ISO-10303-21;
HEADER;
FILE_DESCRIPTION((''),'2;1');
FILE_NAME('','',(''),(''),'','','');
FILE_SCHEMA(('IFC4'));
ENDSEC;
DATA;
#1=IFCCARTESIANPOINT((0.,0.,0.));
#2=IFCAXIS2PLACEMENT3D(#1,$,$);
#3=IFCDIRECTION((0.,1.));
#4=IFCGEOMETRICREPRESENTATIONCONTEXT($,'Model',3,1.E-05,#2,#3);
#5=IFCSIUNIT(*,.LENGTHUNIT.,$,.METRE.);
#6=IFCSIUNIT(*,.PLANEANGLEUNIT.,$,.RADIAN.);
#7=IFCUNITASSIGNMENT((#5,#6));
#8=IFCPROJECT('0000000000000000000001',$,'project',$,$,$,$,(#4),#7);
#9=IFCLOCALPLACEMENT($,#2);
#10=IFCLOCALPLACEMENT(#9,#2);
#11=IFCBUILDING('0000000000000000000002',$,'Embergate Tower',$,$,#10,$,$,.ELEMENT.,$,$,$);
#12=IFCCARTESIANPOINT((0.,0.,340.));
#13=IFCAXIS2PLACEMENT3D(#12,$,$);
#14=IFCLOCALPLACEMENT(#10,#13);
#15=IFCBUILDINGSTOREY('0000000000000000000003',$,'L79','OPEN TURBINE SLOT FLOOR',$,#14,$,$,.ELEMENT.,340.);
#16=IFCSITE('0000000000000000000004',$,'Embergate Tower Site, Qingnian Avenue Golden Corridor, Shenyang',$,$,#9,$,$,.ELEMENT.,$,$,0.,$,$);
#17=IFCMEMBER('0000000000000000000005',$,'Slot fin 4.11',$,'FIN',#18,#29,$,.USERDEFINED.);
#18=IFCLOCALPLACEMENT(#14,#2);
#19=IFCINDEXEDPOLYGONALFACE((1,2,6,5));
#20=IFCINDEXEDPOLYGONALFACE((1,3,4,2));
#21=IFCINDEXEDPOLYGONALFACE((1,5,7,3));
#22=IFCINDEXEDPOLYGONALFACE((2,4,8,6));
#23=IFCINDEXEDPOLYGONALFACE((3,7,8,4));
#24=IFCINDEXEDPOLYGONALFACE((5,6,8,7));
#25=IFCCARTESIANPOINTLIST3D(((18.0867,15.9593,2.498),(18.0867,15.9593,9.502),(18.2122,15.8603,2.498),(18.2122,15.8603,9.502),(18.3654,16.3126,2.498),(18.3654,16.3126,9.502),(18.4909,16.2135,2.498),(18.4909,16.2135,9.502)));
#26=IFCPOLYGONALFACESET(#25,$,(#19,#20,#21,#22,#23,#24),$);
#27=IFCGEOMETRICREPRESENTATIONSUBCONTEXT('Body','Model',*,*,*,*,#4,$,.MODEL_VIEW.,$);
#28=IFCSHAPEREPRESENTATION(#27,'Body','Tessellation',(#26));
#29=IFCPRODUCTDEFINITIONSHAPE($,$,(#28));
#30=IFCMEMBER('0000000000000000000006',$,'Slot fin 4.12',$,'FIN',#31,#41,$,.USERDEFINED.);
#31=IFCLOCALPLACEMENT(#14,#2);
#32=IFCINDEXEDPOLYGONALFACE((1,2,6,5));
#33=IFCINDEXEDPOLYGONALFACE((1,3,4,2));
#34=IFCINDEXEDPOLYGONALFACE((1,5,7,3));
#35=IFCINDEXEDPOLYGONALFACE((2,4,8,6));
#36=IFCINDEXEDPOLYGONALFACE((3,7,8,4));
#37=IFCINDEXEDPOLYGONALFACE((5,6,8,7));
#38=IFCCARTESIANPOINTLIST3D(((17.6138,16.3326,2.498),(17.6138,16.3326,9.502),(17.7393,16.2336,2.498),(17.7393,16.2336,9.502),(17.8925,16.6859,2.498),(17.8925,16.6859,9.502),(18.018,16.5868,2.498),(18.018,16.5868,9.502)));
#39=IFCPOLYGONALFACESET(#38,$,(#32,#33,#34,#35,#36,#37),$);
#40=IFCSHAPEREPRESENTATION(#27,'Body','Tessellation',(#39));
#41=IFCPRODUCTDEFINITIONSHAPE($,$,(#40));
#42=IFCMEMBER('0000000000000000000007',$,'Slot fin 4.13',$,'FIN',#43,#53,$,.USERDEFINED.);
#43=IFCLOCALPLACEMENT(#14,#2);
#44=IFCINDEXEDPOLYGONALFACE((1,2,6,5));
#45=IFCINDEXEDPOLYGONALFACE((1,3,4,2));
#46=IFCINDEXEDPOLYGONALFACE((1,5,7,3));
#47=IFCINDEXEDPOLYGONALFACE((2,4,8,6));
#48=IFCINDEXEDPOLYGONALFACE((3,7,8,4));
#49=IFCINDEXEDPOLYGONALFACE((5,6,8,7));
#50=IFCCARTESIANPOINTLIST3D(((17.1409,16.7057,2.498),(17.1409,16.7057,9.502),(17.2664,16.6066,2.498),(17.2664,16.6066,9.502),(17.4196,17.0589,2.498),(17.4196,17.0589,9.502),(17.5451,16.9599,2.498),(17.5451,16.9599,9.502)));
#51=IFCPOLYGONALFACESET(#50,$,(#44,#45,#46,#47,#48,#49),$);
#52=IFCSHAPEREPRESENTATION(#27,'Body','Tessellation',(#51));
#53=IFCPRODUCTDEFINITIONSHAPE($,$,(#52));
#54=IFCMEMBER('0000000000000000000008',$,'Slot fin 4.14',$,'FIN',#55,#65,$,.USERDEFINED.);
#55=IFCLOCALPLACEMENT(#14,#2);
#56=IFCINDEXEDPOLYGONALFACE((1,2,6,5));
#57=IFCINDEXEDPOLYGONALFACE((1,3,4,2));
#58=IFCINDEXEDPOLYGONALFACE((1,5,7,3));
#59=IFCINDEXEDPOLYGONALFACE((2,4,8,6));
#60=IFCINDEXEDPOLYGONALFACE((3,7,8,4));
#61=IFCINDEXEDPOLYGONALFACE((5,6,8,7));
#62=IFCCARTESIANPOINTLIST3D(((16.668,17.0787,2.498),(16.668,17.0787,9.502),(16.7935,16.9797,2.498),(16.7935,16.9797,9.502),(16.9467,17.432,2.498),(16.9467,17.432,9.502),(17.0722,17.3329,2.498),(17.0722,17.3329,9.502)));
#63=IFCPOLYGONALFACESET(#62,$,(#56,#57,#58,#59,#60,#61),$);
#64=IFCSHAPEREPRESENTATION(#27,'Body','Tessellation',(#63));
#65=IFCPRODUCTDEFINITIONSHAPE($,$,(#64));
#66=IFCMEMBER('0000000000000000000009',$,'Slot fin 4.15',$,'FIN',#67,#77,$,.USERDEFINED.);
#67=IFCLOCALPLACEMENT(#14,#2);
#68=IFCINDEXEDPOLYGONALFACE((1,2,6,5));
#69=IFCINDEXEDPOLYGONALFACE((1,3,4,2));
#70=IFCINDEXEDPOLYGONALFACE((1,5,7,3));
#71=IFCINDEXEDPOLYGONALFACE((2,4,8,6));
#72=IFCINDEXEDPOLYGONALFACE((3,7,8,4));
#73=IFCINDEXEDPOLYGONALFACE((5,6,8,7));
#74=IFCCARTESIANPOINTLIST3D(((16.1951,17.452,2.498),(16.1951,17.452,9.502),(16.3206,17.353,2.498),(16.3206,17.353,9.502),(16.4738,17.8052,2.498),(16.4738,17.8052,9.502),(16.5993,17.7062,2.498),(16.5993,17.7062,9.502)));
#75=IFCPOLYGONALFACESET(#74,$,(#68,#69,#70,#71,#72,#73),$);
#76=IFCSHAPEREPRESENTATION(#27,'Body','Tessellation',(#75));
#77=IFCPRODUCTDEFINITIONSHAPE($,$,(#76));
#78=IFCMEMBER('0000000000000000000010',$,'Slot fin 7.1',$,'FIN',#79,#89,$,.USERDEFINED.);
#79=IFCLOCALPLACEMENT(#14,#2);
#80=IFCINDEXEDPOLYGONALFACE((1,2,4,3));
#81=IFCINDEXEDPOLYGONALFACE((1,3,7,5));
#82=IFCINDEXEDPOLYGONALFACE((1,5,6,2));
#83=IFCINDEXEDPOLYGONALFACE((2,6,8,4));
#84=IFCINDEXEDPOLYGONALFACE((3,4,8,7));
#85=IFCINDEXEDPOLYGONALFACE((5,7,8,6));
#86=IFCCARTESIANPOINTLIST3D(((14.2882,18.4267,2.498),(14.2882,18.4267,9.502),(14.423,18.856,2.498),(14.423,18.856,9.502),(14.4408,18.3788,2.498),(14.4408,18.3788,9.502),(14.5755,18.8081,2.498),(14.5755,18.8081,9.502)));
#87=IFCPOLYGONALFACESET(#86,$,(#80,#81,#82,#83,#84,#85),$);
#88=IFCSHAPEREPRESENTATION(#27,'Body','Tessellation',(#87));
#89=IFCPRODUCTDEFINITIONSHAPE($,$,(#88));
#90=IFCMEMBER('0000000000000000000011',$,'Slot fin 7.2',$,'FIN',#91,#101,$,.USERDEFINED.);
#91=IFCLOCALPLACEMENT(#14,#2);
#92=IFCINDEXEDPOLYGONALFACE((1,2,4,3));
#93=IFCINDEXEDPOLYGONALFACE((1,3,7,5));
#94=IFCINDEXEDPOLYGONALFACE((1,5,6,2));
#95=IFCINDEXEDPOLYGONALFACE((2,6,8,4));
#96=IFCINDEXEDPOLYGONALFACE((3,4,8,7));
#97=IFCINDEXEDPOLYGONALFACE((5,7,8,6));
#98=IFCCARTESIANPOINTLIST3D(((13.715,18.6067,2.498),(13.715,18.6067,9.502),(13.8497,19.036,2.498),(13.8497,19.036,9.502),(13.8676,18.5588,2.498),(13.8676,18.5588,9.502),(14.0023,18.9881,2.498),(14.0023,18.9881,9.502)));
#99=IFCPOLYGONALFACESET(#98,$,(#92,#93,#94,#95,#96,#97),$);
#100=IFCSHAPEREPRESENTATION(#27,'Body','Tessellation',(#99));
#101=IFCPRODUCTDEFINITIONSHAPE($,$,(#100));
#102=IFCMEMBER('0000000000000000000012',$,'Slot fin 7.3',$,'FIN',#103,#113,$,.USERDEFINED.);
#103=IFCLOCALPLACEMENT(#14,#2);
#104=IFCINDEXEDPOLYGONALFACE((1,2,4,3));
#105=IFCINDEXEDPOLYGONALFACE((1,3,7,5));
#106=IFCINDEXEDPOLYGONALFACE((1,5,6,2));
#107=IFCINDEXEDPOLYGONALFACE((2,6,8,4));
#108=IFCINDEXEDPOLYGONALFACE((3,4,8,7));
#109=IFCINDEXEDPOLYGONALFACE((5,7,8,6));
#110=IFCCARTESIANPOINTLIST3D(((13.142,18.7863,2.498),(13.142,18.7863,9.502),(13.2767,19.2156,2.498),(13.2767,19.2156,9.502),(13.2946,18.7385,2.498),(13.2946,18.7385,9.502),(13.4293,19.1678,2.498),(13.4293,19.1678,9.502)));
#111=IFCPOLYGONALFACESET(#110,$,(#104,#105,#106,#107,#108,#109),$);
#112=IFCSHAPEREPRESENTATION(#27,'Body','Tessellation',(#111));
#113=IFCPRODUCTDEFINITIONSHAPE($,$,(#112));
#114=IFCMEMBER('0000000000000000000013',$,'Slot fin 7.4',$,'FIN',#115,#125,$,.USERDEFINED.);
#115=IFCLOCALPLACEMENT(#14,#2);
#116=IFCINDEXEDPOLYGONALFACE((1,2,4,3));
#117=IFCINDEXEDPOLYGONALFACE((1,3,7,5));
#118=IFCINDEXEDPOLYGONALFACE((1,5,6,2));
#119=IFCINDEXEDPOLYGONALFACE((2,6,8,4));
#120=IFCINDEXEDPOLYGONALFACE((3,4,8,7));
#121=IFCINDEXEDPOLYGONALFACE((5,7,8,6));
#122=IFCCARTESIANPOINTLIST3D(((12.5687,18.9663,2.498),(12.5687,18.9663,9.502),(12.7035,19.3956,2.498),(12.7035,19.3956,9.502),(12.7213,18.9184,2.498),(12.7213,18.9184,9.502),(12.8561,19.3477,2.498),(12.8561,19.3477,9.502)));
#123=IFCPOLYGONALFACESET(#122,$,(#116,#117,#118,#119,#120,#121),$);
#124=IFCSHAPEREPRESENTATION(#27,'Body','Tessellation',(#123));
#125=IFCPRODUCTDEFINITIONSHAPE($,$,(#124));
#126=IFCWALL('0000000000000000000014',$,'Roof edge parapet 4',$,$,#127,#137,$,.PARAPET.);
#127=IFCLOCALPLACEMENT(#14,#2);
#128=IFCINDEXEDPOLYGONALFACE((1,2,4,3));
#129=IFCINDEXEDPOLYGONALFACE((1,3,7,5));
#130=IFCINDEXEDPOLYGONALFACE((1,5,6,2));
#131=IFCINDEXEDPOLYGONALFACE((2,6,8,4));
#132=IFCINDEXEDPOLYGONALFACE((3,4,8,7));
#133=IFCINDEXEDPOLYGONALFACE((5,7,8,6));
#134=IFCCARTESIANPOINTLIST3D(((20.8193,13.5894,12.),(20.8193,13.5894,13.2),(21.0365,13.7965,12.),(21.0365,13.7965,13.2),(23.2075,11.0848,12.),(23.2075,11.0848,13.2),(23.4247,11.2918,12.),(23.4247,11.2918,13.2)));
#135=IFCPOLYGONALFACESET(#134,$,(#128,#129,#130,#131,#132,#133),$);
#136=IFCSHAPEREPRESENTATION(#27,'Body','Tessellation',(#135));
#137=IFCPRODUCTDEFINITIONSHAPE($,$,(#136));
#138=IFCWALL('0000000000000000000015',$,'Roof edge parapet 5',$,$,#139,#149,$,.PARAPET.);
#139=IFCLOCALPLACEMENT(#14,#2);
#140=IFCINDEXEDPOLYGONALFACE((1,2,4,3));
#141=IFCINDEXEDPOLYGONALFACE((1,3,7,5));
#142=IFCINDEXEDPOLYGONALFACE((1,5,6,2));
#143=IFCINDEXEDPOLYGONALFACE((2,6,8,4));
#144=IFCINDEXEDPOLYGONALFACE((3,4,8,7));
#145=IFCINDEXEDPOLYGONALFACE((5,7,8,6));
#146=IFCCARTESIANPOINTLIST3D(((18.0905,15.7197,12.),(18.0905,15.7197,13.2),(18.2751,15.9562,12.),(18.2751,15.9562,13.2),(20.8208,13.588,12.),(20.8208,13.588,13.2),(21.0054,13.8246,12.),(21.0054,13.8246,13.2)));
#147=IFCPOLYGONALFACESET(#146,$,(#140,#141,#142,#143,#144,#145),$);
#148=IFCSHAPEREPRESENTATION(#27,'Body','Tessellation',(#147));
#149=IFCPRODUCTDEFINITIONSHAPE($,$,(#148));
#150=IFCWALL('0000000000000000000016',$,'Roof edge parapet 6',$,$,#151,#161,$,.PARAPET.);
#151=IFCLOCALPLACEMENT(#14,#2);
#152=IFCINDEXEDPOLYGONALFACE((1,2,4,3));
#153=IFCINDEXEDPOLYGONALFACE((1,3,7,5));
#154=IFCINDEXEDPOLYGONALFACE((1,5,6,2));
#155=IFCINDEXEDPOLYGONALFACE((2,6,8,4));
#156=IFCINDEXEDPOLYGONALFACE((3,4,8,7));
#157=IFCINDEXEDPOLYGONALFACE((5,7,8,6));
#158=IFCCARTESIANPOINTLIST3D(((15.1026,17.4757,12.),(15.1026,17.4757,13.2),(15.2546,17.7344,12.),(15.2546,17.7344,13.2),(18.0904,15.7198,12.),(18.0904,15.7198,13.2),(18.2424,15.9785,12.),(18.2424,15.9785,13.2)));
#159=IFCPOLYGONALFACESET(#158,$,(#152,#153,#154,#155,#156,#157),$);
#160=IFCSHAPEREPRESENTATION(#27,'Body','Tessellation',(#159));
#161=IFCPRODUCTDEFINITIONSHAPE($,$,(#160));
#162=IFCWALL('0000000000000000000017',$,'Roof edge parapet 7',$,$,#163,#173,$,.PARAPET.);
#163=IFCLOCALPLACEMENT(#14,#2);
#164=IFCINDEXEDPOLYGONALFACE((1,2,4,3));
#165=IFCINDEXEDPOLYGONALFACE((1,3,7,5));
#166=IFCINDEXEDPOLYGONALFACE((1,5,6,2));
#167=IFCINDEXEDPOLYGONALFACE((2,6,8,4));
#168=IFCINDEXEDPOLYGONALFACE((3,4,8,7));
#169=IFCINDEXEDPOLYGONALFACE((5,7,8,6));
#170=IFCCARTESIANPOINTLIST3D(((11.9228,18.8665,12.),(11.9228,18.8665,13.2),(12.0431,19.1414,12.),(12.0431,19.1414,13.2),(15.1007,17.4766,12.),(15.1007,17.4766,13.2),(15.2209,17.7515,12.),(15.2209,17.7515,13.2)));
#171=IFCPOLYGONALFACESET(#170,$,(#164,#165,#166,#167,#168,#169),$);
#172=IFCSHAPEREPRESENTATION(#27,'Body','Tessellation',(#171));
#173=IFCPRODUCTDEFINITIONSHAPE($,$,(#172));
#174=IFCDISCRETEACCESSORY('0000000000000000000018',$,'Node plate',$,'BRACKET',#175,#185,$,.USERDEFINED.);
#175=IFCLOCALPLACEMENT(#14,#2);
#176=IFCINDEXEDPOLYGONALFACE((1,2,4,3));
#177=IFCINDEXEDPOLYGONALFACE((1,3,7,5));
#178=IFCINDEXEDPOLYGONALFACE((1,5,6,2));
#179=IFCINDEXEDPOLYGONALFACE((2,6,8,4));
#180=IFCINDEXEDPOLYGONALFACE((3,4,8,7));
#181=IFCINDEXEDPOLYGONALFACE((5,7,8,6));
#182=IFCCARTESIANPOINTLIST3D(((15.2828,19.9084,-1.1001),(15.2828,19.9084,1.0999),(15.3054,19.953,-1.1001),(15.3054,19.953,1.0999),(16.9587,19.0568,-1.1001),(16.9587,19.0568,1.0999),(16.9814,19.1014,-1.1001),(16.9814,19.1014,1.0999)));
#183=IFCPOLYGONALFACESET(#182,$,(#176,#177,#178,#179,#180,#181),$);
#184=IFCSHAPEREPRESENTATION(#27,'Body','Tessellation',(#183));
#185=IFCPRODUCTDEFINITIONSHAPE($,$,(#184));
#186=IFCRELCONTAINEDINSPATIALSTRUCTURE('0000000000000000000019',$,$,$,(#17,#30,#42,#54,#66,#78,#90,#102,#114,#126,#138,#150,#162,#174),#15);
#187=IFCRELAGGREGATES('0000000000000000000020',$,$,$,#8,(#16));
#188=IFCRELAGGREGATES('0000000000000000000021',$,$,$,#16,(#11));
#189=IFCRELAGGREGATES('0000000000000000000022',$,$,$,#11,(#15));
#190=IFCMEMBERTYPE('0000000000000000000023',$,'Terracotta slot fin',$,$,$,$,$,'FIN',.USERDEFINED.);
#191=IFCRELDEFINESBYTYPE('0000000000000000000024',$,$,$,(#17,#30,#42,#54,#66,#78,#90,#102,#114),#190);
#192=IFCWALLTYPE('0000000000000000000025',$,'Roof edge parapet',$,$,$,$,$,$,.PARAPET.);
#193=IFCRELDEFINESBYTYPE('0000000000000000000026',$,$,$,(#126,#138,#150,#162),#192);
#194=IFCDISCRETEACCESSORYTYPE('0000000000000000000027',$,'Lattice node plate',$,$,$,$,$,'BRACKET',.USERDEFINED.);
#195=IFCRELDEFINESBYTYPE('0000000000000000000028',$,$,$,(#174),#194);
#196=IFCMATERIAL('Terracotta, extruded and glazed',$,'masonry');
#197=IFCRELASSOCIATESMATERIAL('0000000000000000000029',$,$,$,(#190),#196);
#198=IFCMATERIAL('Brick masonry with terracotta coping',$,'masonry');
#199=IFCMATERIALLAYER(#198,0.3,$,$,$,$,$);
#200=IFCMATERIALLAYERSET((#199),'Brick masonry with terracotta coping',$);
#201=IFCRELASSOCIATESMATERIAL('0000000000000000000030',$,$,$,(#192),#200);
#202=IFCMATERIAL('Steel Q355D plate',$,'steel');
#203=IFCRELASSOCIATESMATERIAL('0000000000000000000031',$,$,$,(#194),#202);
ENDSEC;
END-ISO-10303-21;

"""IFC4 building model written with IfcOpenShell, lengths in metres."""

from ifc_helpers import new_model, si_unit, direction, frame, frame_2d, origin, origin_2d, place, context, subcontext, project, spatial, rectangle, extrude, source, transform, mapped, material, layer, layer_set, material_profile, profile_set, type_object, element, save


model = new_model("IFC4")

# Units and contexts
model_context = context("Model", 3, precision=1e-05, world=origin(), true_north=direction((0.0, 1.0)))
body_context = subcontext(model_context, "Body", "Model", "MODEL_VIEW")
ifc_project = project(units=[si_unit("LENGTHUNIT", "METRE"), si_unit("PLANEANGLEUNIT", "RADIAN")], contexts=[model_context])

# Site, building, storey
site_placement = place(None, origin())
site = spatial("IfcSite", under=ifc_project, at=site_placement, Name="Embergate Tower Site, Qingnian Avenue Golden Corridor, Shenyang", CompositionType="ELEMENT", RefElevation=0.0)
building_placement = place(site_placement, origin())
building = spatial("IfcBuilding", under=site, at=building_placement, Name="Embergate Tower", CompositionType="ELEMENT")
storey_placement = place(building_placement, frame((0.0, 0.0, 340.0)))
storey = spatial("IfcBuildingStorey", under=building, at=storey_placement, Name="L79", Description="OPEN TURBINE SLOT FLOOR", CompositionType="ELEMENT", Elevation=340.0)

# Members
ifc_material_1 = material(Name="Terracotta, extruded and glazed", Category="masonry")
ifc_material_profile_1 = material_profile(ifc_material_1, rectangle(XDim=0.45, YDim=0.1599, at=origin_2d()), Name="TC 450x160")
ifc_profile_set_1 = profile_set([ifc_material_profile_1], Name="Terracotta, extruded and glazed")
member_type_1 = type_object("IfcMemberType", Name="Terracotta slot fin", ElementType="FIN", PredefinedType="USERDEFINED", material=ifc_profile_set_1)
shared_shape_1 = source(origin(), body_context, "Body", "SweptSolid", [
    extrude(rectangle(XDim=0.45, YDim=0.1599, at=origin_2d()), origin(), (0.0, 0.0, 1.0), 7.0039),
])
for number, where, z_axis, x_axis, name in (
    (1, (18.2888, 16.0864, 2.498), (0.0, 0.0, 1.0), (-0.619435, -0.785048, 0.0), "Slot fin 4.11"),
    (2, (17.8159, 16.4597, 2.498), (0.0, 0.0, 1.0), (-0.619435, -0.785048, 0.0), "Slot fin 4.12"),
    (3, (17.343, 16.8328, 2.498), (0.0, 0.0, 1.0), (-0.619435, -0.785048, 0.0), "Slot fin 4.13"),
    (4, (16.8701, 17.2058, 2.498), (0.0, 0.0, 1.0), (-0.619435, -0.785048, 0.0), "Slot fin 4.14"),
    (5, (16.3972, 17.5791, 2.498), (0.0, 0.0, 1.0), (-0.619435, -0.785048, 0.0), "Slot fin 4.15"),
    (6, (14.4319, 18.6174, 2.498), (0.0, 0.0, 1.0), (-0.299449, -0.954112, 0.0), "Slot fin 7.1"),
    (7, (13.8586, 18.7974, 2.498), (0.0, 0.0, 1.0), (-0.299449, -0.954112, 0.0), "Slot fin 7.2"),
    (8, (13.2856, 18.9771, 2.498), (0.0, 0.0, 1.0), (-0.299449, -0.954112, 0.0), "Slot fin 7.3"),
    (9, (12.7124, 19.157, 2.498), (0.0, 0.0, 1.0), (-0.299449, -0.954112, 0.0), "Slot fin 7.4"),
):
    element("IfcMember", number, at=place(storey_placement, frame(where, z_axis=z_axis, x_axis=x_axis)), inside=storey, type_object=member_type_1, Name=name, ObjectType="FIN", PredefinedType="USERDEFINED", context=body_context, shape_type="MappedRepresentation", body=[
        mapped(shared_shape_1, transform((0.0, 0.0, 0.0))),
    ])

# Walls
ifc_material_2 = material(Name="Brick masonry with terracotta coping", Category="masonry")
ifc_layer = layer(ifc_material_2, 0.3)
ifc_layer_set = layer_set([ifc_layer], Name="Brick masonry with terracotta coping")
wall_type = type_object("IfcWallType", Name="Roof edge parapet", PredefinedType="PARAPET", material=ifc_layer_set)
shared_shape_2 = source(origin(), body_context, "Body", "SweptSolid", [
    extrude(rectangle(XDim=3.4607, YDim=0.3, at=frame_2d((1.7305, 0.0))), origin(), (0.0, 0.0, 1.0), 1.2),
])
wall_1_placement = place(storey_placement, frame((23.3162, 11.1882, 12.0), z_axis=(0.0, 0.0, 1.0), x_axis=(-0.690081, 0.723732, 0.0)))
element("IfcWall", 10, at=wall_1_placement, inside=storey, type_object=wall_type, Name="Roof edge parapet 4", PredefinedType="PARAPET", context=body_context, shape_type="MappedRepresentation", body=[
    mapped(shared_shape_2, transform((0.0, 0.0, 0.0))),
])
shared_shape_3 = source(origin(), body_context, "Body", "SweptSolid", [
    extrude(rectangle(XDim=3.4639, YDim=0.3, at=frame_2d((1.7319, 0.0))), origin(), (0.0, 0.0, 1.0), 1.2),
])
wall_2_placement = place(storey_placement, frame((20.9131, 13.7063, 12.0), z_axis=(0.0, 0.0, 1.0), x_axis=(-0.78822, 0.615394, 0.0)))
element("IfcWall", 11, at=wall_2_placement, inside=storey, type_object=wall_type, Name="Roof edge parapet 5", PredefinedType="PARAPET", context=body_context, shape_type="MappedRepresentation", body=[
    mapped(shared_shape_3, transform((0.0, 0.0, 0.0))),
])
shared_shape_4 = source(origin(), body_context, "Body", "SweptSolid", [
    extrude(rectangle(XDim=3.4656, YDim=0.3, at=frame_2d((1.7329, 0.0))), origin(), (0.0, 0.0, 1.0), 1.2),
])
wall_3_placement = place(storey_placement, frame((18.1665, 15.8491, 12.0), z_axis=(0.0, 0.0, 1.0), x_axis=(-0.862144, 0.506663, 0.0)))
element("IfcWall", 12, at=wall_3_placement, inside=storey, type_object=wall_type, Name="Roof edge parapet 6", PredefinedType="PARAPET", context=body_context, shape_type="MappedRepresentation", body=[
    mapped(shared_shape_4, transform((0.0, 0.0, 0.0))),
])
shared_shape_5 = source(origin(), body_context, "Body", "SweptSolid", [
    extrude(rectangle(XDim=3.4685, YDim=0.3, at=frame_2d((1.7344, 0.0))), origin(), (0.0, 0.0, 1.0), 1.2),
])
wall_4_placement = place(storey_placement, frame((15.1609, 17.614, 12.0), z_axis=(0.0, 0.0, 1.0), x_axis=(-0.916196, 0.40073, 0.0)))
element("IfcWall", 13, at=wall_4_placement, inside=storey, type_object=wall_type, Name="Roof edge parapet 7", PredefinedType="PARAPET", context=body_context, shape_type="MappedRepresentation", body=[
    mapped(shared_shape_5, transform((0.0, 0.0, 0.0))),
])

# Discrete accessory
ifc_material_3 = material(Name="Steel Q355D plate", Category="steel")
discrete_accessory_type = type_object("IfcDiscreteAccessoryType", Name="Lattice node plate", ElementType="BRACKET", PredefinedType="USERDEFINED", material=ifc_material_3)
shared_shape_6 = source(origin(), body_context, "Body", "SweptSolid", [
    extrude(rectangle(XDim=1.8799, YDim=0.05, at=origin_2d()), origin(), (0.0, 0.0, 1.0), 2.2),
])
discrete_accessory_placement = place(storey_placement, frame((16.1321, 19.5049, -1.1001), z_axis=(0.0, 0.0, 1.0), x_axis=(-0.891513, 0.452995, 0.0)))
element("IfcDiscreteAccessory", 14, at=discrete_accessory_placement, inside=storey, type_object=discrete_accessory_type, Name="Node plate", ObjectType="BRACKET", PredefinedType="USERDEFINED", context=body_context, shape_type="MappedRepresentation", body=[
    mapped(shared_shape_6, transform((0.0, 0.0, 0.0))),
])

save(model, "model.ifc")
